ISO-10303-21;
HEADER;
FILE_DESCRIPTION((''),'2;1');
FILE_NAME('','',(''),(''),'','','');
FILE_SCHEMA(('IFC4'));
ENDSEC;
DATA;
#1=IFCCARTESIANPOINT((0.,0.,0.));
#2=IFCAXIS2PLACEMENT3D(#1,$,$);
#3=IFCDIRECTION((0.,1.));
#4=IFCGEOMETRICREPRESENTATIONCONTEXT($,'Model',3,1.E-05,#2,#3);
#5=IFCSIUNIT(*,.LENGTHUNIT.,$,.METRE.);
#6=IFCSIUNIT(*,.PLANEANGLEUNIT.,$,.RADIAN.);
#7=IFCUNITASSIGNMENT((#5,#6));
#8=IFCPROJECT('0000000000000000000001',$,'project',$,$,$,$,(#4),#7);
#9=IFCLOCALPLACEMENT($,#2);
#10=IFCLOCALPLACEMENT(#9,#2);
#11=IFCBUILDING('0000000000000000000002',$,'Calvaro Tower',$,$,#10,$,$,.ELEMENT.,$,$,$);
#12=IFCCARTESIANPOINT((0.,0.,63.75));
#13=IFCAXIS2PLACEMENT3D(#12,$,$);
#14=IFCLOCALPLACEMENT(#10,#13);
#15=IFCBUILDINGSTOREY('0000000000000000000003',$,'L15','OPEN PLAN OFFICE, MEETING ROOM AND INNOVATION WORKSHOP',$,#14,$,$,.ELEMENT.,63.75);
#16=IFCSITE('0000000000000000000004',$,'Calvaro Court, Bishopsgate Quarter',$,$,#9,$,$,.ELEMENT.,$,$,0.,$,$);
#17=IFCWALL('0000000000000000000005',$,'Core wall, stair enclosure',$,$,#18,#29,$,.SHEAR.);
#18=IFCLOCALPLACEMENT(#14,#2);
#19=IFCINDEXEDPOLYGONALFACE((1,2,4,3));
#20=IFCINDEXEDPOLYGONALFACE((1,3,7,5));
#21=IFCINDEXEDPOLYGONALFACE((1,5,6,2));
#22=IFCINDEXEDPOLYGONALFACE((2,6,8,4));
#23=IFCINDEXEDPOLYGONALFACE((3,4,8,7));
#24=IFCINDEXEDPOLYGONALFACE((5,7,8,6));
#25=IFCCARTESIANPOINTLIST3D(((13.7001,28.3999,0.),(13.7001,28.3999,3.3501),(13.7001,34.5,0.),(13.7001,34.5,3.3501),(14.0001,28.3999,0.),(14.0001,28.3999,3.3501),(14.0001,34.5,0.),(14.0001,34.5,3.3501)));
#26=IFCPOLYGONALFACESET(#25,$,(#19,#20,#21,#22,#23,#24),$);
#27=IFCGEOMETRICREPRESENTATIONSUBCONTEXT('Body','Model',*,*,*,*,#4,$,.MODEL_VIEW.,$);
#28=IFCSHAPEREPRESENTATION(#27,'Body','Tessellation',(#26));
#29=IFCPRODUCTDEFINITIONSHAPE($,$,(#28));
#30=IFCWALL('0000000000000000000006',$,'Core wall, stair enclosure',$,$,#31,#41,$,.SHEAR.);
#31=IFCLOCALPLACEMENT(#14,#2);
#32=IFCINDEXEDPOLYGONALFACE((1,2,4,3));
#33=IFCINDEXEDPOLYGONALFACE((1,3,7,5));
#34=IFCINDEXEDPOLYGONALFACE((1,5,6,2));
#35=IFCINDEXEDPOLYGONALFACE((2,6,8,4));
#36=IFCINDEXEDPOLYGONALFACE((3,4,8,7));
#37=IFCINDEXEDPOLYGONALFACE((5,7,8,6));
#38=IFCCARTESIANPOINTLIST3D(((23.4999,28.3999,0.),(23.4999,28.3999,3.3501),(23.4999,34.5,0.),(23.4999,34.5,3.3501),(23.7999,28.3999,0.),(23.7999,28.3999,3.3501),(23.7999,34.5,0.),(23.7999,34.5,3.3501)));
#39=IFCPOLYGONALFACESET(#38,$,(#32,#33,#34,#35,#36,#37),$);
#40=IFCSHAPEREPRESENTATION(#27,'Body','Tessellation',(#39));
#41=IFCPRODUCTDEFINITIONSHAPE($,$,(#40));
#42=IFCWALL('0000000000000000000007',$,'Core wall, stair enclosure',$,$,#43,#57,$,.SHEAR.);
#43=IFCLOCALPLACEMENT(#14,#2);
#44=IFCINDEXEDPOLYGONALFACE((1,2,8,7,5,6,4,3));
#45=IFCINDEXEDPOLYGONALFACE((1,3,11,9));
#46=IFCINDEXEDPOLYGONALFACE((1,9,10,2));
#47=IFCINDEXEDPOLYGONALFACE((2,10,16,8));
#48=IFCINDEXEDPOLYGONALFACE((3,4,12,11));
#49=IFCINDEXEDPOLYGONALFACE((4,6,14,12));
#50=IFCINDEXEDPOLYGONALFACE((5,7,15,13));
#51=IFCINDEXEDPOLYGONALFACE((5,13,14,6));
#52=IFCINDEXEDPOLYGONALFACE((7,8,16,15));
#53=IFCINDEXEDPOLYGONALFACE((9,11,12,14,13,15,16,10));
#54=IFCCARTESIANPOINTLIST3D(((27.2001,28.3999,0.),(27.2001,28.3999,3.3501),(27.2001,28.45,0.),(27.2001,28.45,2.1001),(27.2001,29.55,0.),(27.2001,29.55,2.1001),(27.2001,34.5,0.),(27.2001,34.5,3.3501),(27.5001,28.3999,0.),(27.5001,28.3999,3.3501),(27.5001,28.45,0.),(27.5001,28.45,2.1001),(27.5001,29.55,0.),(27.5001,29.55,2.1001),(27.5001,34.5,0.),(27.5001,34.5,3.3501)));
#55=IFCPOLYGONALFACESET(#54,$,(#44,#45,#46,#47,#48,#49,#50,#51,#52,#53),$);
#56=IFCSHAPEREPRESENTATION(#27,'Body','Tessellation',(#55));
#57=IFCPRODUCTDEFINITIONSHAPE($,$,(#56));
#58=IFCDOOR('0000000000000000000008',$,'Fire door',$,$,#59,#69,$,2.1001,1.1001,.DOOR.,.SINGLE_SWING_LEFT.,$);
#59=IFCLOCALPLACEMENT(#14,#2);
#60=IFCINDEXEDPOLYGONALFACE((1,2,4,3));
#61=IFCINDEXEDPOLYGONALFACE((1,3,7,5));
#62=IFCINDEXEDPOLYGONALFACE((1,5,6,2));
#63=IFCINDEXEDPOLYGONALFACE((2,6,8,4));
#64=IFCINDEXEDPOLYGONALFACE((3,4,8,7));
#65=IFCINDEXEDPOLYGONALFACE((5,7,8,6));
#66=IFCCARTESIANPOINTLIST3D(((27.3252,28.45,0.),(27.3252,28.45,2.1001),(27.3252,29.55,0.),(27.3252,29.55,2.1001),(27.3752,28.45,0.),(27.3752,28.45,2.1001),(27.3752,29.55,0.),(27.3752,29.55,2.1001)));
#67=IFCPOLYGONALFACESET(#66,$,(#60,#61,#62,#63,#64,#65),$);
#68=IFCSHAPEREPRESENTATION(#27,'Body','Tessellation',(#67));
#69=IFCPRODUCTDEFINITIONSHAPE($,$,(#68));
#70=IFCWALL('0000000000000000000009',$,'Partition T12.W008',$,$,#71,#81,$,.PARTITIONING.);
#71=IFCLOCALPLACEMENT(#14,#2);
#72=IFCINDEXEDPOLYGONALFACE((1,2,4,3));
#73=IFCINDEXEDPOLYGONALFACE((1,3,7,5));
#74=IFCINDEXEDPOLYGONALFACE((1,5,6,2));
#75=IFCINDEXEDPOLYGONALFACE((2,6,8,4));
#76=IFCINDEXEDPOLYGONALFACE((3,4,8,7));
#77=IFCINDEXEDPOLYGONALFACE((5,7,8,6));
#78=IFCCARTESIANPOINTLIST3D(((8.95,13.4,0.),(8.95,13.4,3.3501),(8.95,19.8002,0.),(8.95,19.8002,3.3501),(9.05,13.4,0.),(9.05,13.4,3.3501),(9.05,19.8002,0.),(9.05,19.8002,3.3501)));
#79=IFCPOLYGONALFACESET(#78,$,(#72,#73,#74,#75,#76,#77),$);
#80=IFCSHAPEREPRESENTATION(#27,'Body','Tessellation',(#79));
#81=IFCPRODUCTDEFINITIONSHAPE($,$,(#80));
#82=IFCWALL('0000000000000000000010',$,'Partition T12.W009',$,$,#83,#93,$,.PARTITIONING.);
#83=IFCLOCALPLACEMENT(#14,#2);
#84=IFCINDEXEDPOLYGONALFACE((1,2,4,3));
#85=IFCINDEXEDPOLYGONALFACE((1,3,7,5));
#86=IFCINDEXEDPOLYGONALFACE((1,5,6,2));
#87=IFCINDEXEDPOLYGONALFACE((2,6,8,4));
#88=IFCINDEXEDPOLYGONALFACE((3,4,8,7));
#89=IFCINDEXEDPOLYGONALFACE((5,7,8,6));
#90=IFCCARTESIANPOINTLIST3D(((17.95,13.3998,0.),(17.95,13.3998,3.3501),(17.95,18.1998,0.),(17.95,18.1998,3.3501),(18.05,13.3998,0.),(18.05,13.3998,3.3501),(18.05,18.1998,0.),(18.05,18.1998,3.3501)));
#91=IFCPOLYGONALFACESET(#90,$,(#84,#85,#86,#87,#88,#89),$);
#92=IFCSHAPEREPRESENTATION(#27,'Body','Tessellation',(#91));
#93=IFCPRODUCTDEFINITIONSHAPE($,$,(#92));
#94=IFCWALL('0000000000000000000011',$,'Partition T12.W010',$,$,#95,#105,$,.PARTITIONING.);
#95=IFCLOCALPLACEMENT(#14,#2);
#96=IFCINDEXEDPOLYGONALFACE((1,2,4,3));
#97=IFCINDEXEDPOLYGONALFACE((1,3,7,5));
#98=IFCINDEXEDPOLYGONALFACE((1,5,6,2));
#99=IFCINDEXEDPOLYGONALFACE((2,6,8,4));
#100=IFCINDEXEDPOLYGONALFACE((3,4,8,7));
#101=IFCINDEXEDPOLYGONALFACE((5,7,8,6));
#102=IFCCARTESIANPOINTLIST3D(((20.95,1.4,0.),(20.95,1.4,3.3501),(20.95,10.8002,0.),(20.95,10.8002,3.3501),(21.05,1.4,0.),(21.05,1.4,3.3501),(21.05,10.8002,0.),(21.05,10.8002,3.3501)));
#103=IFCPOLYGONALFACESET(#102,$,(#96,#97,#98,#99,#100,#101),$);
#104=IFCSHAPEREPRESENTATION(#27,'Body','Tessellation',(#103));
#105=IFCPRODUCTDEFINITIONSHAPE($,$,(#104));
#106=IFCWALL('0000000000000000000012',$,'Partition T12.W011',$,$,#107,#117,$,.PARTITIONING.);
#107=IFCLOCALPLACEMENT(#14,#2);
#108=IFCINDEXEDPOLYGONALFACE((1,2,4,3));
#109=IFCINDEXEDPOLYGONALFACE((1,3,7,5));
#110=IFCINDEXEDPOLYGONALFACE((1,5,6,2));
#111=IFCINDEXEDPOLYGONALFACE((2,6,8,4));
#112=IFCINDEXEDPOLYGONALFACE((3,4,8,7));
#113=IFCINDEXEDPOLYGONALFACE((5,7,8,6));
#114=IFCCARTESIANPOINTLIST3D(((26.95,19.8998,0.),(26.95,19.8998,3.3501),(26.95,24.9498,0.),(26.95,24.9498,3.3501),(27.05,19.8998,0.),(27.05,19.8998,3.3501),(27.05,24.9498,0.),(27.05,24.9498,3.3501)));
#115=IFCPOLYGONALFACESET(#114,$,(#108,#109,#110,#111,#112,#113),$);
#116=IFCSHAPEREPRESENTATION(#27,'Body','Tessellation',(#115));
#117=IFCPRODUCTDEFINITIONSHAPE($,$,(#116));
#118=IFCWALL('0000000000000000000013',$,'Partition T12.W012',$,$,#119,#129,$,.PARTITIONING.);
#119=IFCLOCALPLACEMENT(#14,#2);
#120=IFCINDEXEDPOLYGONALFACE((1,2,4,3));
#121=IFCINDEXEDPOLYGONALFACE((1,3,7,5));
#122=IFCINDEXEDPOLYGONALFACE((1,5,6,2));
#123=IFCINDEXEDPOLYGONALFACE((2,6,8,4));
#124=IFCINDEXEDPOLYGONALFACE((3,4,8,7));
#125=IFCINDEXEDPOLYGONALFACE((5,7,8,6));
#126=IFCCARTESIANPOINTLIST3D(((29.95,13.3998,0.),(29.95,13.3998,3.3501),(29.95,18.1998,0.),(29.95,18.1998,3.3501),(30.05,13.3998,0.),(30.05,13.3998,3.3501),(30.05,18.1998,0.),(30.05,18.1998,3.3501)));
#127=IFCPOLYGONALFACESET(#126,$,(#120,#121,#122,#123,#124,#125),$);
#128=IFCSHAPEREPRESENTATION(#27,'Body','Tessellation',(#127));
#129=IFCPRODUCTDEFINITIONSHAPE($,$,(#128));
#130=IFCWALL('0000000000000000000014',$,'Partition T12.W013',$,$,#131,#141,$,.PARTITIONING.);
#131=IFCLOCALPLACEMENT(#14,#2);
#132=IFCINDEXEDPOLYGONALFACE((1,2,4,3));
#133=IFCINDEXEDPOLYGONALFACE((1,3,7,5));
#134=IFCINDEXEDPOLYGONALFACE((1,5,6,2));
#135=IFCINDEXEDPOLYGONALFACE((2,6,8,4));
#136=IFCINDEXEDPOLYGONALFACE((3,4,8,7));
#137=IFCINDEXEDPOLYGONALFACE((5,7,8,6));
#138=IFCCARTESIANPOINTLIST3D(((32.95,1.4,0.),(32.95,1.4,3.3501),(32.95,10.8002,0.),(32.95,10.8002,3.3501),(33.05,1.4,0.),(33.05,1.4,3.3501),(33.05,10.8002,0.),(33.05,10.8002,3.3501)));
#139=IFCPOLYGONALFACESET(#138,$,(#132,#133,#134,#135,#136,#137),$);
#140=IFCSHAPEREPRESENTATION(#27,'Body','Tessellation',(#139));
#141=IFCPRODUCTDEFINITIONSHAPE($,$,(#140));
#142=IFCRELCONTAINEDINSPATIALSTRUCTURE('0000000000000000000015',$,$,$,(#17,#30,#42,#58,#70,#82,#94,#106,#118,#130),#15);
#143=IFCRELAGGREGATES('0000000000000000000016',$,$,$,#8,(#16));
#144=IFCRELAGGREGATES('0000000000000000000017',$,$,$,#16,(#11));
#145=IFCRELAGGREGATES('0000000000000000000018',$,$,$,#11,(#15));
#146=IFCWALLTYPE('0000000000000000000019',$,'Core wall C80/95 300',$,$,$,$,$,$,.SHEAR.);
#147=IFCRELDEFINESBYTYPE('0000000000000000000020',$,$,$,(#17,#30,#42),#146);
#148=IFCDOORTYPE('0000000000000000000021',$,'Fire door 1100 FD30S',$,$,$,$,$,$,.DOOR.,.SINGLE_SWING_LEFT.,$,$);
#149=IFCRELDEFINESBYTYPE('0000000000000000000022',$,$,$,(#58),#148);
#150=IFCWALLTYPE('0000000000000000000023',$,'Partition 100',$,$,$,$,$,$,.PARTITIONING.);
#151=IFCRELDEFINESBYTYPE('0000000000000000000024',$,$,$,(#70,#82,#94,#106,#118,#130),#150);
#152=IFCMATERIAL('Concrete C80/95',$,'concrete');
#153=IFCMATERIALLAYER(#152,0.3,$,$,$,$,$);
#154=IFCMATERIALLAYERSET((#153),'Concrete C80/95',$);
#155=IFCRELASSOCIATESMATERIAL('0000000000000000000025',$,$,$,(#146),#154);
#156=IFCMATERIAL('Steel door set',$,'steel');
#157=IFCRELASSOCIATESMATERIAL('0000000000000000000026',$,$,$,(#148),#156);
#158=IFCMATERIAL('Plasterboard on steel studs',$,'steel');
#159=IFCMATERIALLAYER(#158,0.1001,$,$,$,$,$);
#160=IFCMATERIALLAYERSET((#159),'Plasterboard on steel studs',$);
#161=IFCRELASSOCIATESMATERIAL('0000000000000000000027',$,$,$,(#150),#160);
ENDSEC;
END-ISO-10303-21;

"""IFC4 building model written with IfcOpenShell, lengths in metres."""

from ifc_helpers import new_model, si_unit, direction, frame, frame_2d, origin, place, context, subcontext, project, spatial, rectangle, extrude, material, layer, layer_set, type_object, element, fill, save


model = new_model("IFC4")

# Units and contexts
model_context = context("Model", 3, precision=1e-05, world=origin(), true_north=direction((0.0, 1.0)))
body_context = subcontext(model_context, "Body", "Model", "MODEL_VIEW")
ifc_project = project(units=[si_unit("LENGTHUNIT", "METRE"), si_unit("PLANEANGLEUNIT", "RADIAN")], contexts=[model_context])

# Site, building, storey
site_placement = place(None, origin())
site = spatial("IfcSite", under=ifc_project, at=site_placement, Name="Calvaro Court, Bishopsgate Quarter", CompositionType="ELEMENT", RefElevation=0.0)
building_placement = place(site_placement, origin())
building = spatial("IfcBuilding", under=site, at=building_placement, Name="Calvaro Tower", CompositionType="ELEMENT")
storey_placement = place(building_placement, frame((0.0, 0.0, 63.75)))
storey = spatial("IfcBuildingStorey", under=building, at=storey_placement, Name="L15", Description="OPEN PLAN OFFICE, MEETING ROOM AND INNOVATION WORKSHOP", CompositionType="ELEMENT", Elevation=63.75)

# Walls
ifc_material_1 = material(Name="Concrete C80/95", Category="concrete")
ifc_layer_1 = layer(ifc_material_1, 0.3)
ifc_layer_set_1 = layer_set([ifc_layer_1], Name="Concrete C80/95")
wall_type_1 = type_object("IfcWallType", Name="Core wall C80/95 300", PredefinedType="SHEAR", material=ifc_layer_set_1)
for number, where, z_axis, x_axis, name in (
    (1, (13.8501, 28.3999, 0.0), (0.0, 0.0, 1.0), (0.0, 1.0, 0.0), "Core wall, stair enclosure"),
    (2, (23.6499, 28.3999, 0.0), (0.0, 0.0, 1.0), (0.0, 1.0, 0.0), "Core wall, stair enclosure"),
):
    element("IfcWall", number, at=place(storey_placement, frame(where, z_axis=z_axis, x_axis=x_axis)), inside=storey, type_object=wall_type_1, Name=name, PredefinedType="SHEAR", context=body_context, shape_type="SweptSolid", body=[
        extrude(rectangle(XDim=6.1001, YDim=0.3, at=frame_2d((3.05, 0.0))), origin(), (0.0, 0.0, 1.0), 3.3501),
    ])

# Wall, opening, door
wall_1_placement = place(storey_placement, frame((27.3501, 28.3999, 0.0), z_axis=(0.0, 0.0, 1.0), x_axis=(0.0, 1.0, 0.0)))
wall_1 = element("IfcWall", 3, at=wall_1_placement, inside=storey, type_object=wall_type_1, Name="Core wall, stair enclosure", PredefinedType="SHEAR", context=body_context, shape_type="SweptSolid", body=[
    extrude(rectangle(XDim=6.1001, YDim=0.3, at=frame_2d((3.05, 0.0))), origin(), (0.0, 0.0, 1.0), 3.3501),
])
opening_1_placement = place(wall_1_placement, frame((0.05, 0.0, 0.0)))
opening_1 = element("IfcOpeningElement", 4, at=opening_1_placement, cuts=wall_1, PredefinedType="OPENING", context=body_context, shape_type="SweptSolid", body=[
    extrude(rectangle(XDim=1.1001, YDim=2.1001, at=frame_2d((0.55, 1.05))), frame((0.0, 0.1599, 0.0), z_axis=(0.0, -1.0, 0.0), x_axis=(1.0, 0.0, 0.0)), (0.0, 0.0, 1.0), 0.3201),
])
ifc_material_2 = material(Name="Steel door set", Category="steel")
door_type_1 = type_object("IfcDoorType", Name="Fire door 1100 FD30S", OperationType="SINGLE_SWING_LEFT", PredefinedType="DOOR", material=ifc_material_2)
door_1_placement = place(opening_1_placement, origin())
door_1 = element("IfcDoor", 5, at=door_1_placement, inside=storey, type_object=door_type_1, Name="Fire door", OperationType="SINGLE_SWING_LEFT", OverallHeight=2.1001, OverallWidth=1.1001, PredefinedType="DOOR", context=body_context, shape_type="SweptSolid", body=[
    extrude(rectangle(XDim=1.1001, YDim=2.1001, at=frame_2d((0.55, 1.05))), frame((0.0, 0.0249, 0.0), z_axis=(0.0, -1.0, 0.0), x_axis=(1.0, 0.0, 0.0)), (0.0, 0.0, 1.0), 0.05),
])
fill(opening_1, door_1)

# Walls
ifc_material_3 = material(Name="Plasterboard on steel studs", Category="steel")
ifc_layer_2 = layer(ifc_material_3, 0.1001)
ifc_layer_set_2 = layer_set([ifc_layer_2], Name="Plasterboard on steel studs")
wall_type_2 = type_object("IfcWallType", Name="Partition 100", PredefinedType="PARTITIONING", material=ifc_layer_set_2)
wall_2_placement = place(storey_placement, frame((9.0, 13.3999, 0.0), z_axis=(0.0, 0.0, 1.0), x_axis=(0.0, 1.0, 0.0)))
element("IfcWall", 6, at=wall_2_placement, inside=storey, type_object=wall_type_2, Name="Partition T12.W008", PredefinedType="PARTITIONING", context=body_context, shape_type="SweptSolid", body=[
    extrude(rectangle(XDim=6.4001, YDim=0.1001, at=frame_2d((3.2002, 0.0))), origin(), (0.0, 0.0, 1.0), 3.3501),
])
wall_3_placement = place(storey_placement, frame((18.0, 13.3999, 0.0), z_axis=(0.0, 0.0, 1.0), x_axis=(0.0, 1.0, 0.0)))
element("IfcWall", 7, at=wall_3_placement, inside=storey, type_object=wall_type_2, Name="Partition T12.W009", PredefinedType="PARTITIONING", context=body_context, shape_type="SweptSolid", body=[
    extrude(rectangle(XDim=4.8, YDim=0.1001, at=frame_2d((2.3999, 0.0))), origin(), (0.0, 0.0, 1.0), 3.3501),
])
wall_4_placement = place(storey_placement, frame((21.0, 1.3999, 0.0), z_axis=(0.0, 0.0, 1.0), x_axis=(0.0, 1.0, 0.0)))
element("IfcWall", 8, at=wall_4_placement, inside=storey, type_object=wall_type_2, Name="Partition T12.W010", PredefinedType="PARTITIONING", context=body_context, shape_type="SweptSolid", body=[
    extrude(rectangle(XDim=9.4001, YDim=0.1001, at=frame_2d((4.7002, 0.0))), origin(), (0.0, 0.0, 1.0), 3.3501),
])
wall_5_placement = place(storey_placement, frame((27.0, 19.8999, 0.0), z_axis=(0.0, 0.0, 1.0), x_axis=(0.0, 1.0, 0.0)))
element("IfcWall", 9, at=wall_5_placement, inside=storey, type_object=wall_type_2, Name="Partition T12.W011", PredefinedType="PARTITIONING", context=body_context, shape_type="SweptSolid", body=[
    extrude(rectangle(XDim=5.05, YDim=0.1001, at=frame_2d((2.5249, 0.0))), origin(), (0.0, 0.0, 1.0), 3.3501),
])
wall_6_placement = place(storey_placement, frame((30.0, 13.3999, 0.0), z_axis=(0.0, 0.0, 1.0), x_axis=(0.0, 1.0, 0.0)))
element("IfcWall", 10, at=wall_6_placement, inside=storey, type_object=wall_type_2, Name="Partition T12.W012", PredefinedType="PARTITIONING", context=body_context, shape_type="SweptSolid", body=[
    extrude(rectangle(XDim=4.8, YDim=0.1001, at=frame_2d((2.3999, 0.0))), origin(), (0.0, 0.0, 1.0), 3.3501),
])
wall_7_placement = place(storey_placement, frame((33.0, 1.3999, 0.0), z_axis=(0.0, 0.0, 1.0), x_axis=(0.0, 1.0, 0.0)))
element("IfcWall", 11, at=wall_7_placement, inside=storey, type_object=wall_type_2, Name="Partition T12.W013", PredefinedType="PARTITIONING", context=body_context, shape_type="SweptSolid", body=[
    extrude(rectangle(XDim=9.4001, YDim=0.1001, at=frame_2d((4.7002, 0.0))), origin(), (0.0, 0.0, 1.0), 3.3501),
])

save(model, "model.ifc")
